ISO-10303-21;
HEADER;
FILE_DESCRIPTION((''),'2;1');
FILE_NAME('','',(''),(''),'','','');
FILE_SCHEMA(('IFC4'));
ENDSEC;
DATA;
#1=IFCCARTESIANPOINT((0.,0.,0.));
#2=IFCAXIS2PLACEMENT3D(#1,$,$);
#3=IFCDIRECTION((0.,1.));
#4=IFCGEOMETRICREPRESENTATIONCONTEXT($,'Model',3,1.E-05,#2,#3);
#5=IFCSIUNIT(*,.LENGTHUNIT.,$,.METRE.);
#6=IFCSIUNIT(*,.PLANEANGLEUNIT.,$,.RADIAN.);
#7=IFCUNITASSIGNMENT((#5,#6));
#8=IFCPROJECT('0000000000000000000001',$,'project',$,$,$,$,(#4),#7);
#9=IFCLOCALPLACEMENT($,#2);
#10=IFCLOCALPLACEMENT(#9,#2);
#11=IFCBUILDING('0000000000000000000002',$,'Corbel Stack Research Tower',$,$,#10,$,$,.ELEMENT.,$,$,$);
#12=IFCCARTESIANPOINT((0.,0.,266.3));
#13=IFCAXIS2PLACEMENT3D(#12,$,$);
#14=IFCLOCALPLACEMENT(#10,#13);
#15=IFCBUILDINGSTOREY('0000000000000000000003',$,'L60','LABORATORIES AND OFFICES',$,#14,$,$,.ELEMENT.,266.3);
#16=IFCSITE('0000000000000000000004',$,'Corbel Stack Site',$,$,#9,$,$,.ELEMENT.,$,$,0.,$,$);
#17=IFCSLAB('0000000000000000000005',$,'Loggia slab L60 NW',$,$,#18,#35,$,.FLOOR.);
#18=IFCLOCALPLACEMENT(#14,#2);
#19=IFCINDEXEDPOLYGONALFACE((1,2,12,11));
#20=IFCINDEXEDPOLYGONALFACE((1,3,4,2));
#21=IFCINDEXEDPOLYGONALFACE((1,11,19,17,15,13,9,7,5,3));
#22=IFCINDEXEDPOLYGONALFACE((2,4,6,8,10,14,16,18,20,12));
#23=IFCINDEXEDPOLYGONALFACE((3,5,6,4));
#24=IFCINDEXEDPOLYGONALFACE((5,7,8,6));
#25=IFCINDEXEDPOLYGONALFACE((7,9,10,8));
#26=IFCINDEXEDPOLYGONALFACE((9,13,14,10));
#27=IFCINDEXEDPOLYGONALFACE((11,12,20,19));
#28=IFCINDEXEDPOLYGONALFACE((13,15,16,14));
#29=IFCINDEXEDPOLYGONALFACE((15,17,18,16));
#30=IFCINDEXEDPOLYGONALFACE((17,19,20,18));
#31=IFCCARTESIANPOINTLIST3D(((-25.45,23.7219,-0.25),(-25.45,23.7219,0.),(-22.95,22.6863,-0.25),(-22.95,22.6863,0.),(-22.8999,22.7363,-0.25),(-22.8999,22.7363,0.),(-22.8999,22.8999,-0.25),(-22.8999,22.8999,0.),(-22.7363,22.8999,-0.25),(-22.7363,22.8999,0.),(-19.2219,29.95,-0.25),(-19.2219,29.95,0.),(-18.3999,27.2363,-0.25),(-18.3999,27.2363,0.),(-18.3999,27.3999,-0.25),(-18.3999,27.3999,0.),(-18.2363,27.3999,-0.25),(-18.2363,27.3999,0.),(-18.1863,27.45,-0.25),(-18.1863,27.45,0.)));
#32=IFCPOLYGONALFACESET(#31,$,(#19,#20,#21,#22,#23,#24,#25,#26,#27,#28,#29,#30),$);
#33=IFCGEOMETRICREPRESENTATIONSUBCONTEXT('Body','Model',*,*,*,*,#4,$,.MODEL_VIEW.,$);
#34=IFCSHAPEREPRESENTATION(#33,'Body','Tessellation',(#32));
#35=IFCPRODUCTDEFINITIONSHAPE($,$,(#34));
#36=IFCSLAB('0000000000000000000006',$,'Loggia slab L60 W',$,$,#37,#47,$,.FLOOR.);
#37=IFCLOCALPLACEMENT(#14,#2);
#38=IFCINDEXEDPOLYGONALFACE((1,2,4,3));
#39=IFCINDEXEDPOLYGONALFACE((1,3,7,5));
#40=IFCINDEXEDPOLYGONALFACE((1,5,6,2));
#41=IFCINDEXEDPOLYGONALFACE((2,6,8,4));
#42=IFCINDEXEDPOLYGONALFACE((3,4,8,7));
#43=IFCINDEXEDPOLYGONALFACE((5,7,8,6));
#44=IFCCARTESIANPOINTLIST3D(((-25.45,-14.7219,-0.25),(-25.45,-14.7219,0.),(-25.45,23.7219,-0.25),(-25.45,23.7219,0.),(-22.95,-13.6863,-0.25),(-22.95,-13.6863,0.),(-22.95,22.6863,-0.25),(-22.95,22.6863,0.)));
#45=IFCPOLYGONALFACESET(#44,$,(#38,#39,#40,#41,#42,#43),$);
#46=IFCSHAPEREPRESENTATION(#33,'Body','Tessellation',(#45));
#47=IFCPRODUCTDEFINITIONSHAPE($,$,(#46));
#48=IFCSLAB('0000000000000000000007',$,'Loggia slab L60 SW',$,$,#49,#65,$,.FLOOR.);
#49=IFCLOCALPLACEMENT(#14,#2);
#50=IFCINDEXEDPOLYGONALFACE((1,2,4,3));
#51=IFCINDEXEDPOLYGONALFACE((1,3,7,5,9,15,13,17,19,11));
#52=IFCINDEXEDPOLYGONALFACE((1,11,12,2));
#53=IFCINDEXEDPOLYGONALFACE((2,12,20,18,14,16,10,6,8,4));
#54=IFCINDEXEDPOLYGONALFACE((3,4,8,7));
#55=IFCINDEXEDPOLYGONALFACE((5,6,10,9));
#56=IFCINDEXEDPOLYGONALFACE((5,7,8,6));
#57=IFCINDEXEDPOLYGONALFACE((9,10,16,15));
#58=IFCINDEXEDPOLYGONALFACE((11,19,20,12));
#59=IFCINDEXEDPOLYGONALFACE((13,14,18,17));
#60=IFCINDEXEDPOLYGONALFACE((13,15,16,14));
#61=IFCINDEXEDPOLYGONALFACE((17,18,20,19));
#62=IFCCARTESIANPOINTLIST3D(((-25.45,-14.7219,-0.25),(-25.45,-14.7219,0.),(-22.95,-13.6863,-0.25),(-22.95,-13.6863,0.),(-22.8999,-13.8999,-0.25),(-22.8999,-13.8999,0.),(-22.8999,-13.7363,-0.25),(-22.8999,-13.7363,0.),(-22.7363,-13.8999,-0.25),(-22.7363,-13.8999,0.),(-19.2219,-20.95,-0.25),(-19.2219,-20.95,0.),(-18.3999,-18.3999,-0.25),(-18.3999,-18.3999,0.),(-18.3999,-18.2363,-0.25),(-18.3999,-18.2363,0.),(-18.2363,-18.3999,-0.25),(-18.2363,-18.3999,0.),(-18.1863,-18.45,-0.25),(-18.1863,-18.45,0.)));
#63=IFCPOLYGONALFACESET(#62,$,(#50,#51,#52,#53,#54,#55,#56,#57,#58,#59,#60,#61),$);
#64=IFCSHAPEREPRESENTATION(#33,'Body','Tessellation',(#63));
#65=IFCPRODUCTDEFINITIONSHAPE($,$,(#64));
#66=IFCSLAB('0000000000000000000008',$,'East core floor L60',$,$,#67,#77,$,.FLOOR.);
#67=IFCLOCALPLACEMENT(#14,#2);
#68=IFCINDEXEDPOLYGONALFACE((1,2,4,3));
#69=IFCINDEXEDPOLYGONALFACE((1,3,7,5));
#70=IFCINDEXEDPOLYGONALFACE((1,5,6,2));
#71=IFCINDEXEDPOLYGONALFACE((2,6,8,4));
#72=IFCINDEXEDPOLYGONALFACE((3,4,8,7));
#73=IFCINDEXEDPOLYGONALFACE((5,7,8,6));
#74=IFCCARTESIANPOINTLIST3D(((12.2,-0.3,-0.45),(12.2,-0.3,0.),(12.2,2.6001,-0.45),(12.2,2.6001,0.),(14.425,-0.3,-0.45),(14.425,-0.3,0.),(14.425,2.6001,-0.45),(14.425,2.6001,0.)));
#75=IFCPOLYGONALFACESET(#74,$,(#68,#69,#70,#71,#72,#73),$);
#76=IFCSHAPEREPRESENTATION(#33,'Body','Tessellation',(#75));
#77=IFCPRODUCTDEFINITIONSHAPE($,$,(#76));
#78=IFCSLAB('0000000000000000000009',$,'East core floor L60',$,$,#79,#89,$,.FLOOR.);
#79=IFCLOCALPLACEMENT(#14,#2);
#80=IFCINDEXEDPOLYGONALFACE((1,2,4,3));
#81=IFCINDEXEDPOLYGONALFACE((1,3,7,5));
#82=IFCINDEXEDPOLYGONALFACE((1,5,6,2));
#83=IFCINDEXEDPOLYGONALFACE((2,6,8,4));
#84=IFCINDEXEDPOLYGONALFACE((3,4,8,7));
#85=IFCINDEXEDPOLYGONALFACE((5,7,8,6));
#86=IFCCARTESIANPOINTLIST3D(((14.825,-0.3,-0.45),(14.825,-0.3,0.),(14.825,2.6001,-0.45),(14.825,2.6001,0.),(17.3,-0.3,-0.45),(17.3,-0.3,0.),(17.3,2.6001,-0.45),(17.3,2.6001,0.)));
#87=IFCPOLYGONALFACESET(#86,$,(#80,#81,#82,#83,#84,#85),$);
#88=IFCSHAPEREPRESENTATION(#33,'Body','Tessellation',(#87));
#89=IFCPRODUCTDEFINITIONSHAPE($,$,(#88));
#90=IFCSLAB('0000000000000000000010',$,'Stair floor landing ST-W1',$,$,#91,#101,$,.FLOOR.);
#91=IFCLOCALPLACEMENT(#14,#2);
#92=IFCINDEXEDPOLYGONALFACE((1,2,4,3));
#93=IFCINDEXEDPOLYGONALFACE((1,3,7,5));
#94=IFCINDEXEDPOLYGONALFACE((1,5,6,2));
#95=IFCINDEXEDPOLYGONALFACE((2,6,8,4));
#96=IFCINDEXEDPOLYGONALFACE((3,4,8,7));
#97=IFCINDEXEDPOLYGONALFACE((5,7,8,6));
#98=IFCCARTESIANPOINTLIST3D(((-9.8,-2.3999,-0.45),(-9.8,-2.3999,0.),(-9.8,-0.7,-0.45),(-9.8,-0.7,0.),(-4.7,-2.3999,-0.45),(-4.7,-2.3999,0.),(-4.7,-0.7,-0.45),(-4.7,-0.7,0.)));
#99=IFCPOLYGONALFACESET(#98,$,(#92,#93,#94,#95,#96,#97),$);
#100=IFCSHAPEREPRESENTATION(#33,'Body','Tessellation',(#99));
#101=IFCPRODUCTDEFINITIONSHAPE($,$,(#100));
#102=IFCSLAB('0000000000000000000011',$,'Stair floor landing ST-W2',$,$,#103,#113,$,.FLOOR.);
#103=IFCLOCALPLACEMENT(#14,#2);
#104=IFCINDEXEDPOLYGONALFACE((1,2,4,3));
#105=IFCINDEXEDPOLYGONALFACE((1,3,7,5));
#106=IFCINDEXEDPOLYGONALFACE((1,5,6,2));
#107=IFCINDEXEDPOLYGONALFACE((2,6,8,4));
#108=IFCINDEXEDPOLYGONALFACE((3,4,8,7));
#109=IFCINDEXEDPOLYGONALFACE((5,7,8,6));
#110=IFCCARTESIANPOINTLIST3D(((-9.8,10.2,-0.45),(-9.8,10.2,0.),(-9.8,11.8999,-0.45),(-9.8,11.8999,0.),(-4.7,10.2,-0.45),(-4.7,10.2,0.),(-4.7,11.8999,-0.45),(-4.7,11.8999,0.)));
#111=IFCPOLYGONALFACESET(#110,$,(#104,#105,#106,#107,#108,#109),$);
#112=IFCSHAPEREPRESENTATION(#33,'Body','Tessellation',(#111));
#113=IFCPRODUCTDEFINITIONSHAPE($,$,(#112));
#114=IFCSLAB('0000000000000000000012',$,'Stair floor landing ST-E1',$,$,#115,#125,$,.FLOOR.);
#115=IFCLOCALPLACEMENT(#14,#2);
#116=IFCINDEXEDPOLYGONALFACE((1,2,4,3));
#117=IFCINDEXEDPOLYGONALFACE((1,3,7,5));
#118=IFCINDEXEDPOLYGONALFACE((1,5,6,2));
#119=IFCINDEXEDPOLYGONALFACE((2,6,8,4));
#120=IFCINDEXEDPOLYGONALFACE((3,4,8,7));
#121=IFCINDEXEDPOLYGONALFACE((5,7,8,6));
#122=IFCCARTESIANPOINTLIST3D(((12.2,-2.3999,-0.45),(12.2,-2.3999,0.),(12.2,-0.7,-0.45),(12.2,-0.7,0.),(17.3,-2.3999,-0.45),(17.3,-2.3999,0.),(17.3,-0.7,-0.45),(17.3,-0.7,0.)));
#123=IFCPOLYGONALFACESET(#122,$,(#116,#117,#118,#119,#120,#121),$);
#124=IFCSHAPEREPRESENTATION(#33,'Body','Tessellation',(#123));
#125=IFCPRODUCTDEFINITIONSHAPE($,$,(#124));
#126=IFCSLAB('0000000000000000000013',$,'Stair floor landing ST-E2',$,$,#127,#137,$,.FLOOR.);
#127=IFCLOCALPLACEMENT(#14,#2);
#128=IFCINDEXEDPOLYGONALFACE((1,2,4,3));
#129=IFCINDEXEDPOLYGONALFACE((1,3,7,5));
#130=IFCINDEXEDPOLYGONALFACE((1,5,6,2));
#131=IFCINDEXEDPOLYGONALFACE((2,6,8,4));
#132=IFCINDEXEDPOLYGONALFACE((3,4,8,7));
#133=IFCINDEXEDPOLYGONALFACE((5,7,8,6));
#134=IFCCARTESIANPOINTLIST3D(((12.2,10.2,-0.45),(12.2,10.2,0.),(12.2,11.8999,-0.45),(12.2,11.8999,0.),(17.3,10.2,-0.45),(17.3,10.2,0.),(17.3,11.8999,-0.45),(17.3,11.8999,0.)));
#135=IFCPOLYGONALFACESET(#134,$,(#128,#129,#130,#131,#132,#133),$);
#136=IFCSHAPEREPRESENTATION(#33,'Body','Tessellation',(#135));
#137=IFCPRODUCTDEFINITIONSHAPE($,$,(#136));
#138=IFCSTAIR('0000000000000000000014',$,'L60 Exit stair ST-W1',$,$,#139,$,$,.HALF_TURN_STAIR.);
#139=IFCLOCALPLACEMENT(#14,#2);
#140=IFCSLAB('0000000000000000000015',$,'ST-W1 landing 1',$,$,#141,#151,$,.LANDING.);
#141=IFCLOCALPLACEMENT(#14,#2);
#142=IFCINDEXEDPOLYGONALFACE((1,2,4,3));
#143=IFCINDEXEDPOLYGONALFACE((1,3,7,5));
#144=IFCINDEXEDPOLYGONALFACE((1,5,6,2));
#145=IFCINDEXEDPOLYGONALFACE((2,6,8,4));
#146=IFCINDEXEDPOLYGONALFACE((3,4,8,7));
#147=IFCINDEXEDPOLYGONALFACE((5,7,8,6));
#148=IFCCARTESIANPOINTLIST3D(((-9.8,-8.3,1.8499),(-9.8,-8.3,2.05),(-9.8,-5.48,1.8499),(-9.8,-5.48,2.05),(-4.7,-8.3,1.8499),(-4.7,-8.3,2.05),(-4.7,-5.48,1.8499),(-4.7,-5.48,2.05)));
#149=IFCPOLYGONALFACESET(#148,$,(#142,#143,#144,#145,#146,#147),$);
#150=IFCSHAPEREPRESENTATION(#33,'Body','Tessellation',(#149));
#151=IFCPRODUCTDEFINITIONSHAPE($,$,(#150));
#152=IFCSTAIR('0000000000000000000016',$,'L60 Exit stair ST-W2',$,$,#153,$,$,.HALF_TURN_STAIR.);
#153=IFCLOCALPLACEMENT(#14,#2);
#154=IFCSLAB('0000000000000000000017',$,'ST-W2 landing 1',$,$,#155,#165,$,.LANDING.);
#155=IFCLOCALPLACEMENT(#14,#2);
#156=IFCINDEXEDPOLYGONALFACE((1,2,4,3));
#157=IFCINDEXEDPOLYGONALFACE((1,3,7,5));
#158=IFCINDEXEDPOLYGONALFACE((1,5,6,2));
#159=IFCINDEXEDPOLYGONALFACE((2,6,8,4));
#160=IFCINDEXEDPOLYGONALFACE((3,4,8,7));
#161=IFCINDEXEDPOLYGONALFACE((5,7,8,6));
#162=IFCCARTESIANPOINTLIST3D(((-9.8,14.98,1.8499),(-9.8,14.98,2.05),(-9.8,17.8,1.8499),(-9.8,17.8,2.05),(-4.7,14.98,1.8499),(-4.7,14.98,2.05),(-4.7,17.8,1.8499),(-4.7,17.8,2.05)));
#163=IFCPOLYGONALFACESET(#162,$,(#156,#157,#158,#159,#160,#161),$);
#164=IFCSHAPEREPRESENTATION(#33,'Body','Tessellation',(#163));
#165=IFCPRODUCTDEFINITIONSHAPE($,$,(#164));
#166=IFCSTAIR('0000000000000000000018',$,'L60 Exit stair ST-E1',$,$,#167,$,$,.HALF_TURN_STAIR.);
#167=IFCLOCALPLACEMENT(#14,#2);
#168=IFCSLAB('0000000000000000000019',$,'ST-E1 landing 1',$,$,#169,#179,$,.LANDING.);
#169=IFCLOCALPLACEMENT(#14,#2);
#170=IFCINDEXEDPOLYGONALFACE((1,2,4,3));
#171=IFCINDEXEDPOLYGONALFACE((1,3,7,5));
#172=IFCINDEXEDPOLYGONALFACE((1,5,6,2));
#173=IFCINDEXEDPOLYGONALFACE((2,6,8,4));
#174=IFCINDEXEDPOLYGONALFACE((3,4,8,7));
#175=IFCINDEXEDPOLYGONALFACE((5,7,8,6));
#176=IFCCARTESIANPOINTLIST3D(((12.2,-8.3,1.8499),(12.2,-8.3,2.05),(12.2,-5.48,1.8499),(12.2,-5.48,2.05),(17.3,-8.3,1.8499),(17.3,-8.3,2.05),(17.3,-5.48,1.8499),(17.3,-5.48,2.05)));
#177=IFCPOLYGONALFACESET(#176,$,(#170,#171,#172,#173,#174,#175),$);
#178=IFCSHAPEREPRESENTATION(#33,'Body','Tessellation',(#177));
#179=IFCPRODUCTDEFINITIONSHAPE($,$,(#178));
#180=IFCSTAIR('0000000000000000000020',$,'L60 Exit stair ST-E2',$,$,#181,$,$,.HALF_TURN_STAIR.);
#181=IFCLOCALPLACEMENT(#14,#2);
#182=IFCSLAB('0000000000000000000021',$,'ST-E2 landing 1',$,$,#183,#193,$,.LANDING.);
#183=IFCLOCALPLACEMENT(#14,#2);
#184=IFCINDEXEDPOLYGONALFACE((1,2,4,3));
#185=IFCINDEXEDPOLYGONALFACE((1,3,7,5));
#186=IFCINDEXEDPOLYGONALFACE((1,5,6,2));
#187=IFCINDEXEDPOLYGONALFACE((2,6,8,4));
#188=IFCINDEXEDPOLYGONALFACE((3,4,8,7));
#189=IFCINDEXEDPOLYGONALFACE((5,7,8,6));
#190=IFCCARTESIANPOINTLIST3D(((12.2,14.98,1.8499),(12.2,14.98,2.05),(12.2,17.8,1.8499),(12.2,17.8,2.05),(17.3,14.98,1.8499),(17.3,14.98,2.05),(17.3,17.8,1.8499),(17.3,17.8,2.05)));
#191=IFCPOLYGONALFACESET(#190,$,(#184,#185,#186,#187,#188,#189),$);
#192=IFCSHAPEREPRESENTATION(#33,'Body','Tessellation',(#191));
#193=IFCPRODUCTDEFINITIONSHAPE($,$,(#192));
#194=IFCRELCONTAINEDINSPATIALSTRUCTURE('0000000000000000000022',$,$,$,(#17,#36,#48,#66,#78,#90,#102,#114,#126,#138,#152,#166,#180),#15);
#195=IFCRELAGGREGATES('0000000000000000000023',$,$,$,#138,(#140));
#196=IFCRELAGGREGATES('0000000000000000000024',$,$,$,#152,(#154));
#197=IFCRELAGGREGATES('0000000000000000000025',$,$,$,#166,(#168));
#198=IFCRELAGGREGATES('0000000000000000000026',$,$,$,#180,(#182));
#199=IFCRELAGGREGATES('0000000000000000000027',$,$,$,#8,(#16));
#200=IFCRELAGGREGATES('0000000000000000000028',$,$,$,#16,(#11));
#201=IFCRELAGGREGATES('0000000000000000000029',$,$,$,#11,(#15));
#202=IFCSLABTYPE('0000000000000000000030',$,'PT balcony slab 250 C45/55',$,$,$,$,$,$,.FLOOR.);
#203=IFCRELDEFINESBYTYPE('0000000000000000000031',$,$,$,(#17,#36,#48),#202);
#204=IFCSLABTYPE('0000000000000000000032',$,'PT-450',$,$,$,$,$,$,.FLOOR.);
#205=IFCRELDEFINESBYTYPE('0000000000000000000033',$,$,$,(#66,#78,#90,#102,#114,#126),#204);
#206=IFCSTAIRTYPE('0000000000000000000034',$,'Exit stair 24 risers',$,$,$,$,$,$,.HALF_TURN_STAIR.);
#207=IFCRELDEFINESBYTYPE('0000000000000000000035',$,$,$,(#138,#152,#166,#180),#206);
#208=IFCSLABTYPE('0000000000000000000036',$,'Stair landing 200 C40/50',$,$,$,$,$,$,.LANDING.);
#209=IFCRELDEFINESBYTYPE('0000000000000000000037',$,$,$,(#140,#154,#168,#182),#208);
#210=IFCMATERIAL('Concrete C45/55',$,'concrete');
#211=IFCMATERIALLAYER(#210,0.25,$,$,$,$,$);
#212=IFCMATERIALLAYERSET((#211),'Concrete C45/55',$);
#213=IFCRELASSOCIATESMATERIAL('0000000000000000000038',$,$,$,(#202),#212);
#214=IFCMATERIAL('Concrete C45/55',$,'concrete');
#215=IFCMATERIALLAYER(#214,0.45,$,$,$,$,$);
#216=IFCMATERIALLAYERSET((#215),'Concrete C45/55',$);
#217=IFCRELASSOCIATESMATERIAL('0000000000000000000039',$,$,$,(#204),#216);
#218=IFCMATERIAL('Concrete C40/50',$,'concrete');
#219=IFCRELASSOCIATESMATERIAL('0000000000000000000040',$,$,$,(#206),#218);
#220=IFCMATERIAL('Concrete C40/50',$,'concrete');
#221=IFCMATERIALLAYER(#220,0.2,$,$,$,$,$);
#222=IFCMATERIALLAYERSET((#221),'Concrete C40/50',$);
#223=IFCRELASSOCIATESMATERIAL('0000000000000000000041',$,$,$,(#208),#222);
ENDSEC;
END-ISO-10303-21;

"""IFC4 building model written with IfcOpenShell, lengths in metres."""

from ifc_helpers import new_model, si_unit, direction, frame, origin, place, context, subcontext, project, spatial, polyline, outline, extrude, material, layer, layer_set, type_object, element, aggregate, save


model = new_model("IFC4")

# Units and contexts
model_context = context("Model", 3, precision=1e-05, world=origin(), true_north=direction((0.0, 1.0)))
body_context = subcontext(model_context, "Body", "Model", "MODEL_VIEW")
ifc_project = project(units=[si_unit("LENGTHUNIT", "METRE"), si_unit("PLANEANGLEUNIT", "RADIAN")], contexts=[model_context])

# Site, building, storey
site_placement = place(None, origin())
site = spatial("IfcSite", under=ifc_project, at=site_placement, Name="Corbel Stack Site", CompositionType="ELEMENT", RefElevation=0.0)
building_placement = place(site_placement, origin())
building = spatial("IfcBuilding", under=site, at=building_placement, Name="Corbel Stack Research Tower", CompositionType="ELEMENT")
storey_placement = place(building_placement, frame((0.0, 0.0, 266.3)))
storey = spatial("IfcBuildingStorey", under=building, at=storey_placement, Name="L60", Description="LABORATORIES AND OFFICES", CompositionType="ELEMENT", Elevation=266.3)

# Slabs
ifc_material_1 = material(Name="Concrete C45/55", Category="concrete")
ifc_layer_1 = layer(ifc_material_1, 0.25)
ifc_layer_set_1 = layer_set([ifc_layer_1], Name="Concrete C45/55")
slab_type_1 = type_object("IfcSlabType", Name="PT balcony slab 250 C45/55", PredefinedType="FLOOR", material=ifc_layer_set_1)
slab_1_placement = place(storey_placement, frame((0.0, 0.0, -0.25)))
element("IfcSlab", 1, at=slab_1_placement, inside=storey, type_object=slab_type_1, Name="Loggia slab L60 NW", PredefinedType="FLOOR", context=body_context, shape_type="SweptSolid", body=[
    extrude(outline(polyline([(-22.95, 22.6863), (-22.8999, 22.7363), (-22.8999, 22.8999), (-22.7363, 22.8999), (-18.3999, 27.2363), (-18.3999, 27.3999), (-18.2363, 27.3999), (-18.1863, 27.45), (-19.2219, 29.95), (-25.45, 23.7219), (-22.95, 22.6863)])), origin(), (0.0, 0.0, 1.0), 0.25),
])
slab_2_placement = place(storey_placement, frame((0.0, 0.0, -0.25)))
element("IfcSlab", 2, at=slab_2_placement, inside=storey, type_object=slab_type_1, Name="Loggia slab L60 W", PredefinedType="FLOOR", context=body_context, shape_type="SweptSolid", body=[
    extrude(outline(polyline([(-22.95, -13.6863), (-22.95, 22.6863), (-25.45, 23.7219), (-25.45, -14.7219), (-22.95, -13.6863)])), origin(), (0.0, 0.0, 1.0), 0.25),
])
slab_3_placement = place(storey_placement, frame((0.0, 0.0, -0.25)))
element("IfcSlab", 3, at=slab_3_placement, inside=storey, type_object=slab_type_1, Name="Loggia slab L60 SW", PredefinedType="FLOOR", context=body_context, shape_type="SweptSolid", body=[
    extrude(outline(polyline([(-18.1863, -18.45), (-18.2363, -18.3999), (-18.3999, -18.3999), (-18.3999, -18.2363), (-22.7363, -13.8999), (-22.8999, -13.8999), (-22.8999, -13.7363), (-22.95, -13.6863), (-25.45, -14.7219), (-19.2219, -20.95), (-18.1863, -18.45)])), origin(), (0.0, 0.0, 1.0), 0.25),
])
ifc_material_2 = material(Name="Concrete C45/55", Category="concrete")
ifc_layer_2 = layer(ifc_material_2, 0.45)
ifc_layer_set_2 = layer_set([ifc_layer_2], Name="Concrete C45/55")
slab_type_2 = type_object("IfcSlabType", Name="PT-450", PredefinedType="FLOOR", material=ifc_layer_set_2)
slab_4_placement = place(storey_placement, frame((0.0, 0.0, -0.45)))
element("IfcSlab", 4, at=slab_4_placement, inside=storey, type_object=slab_type_2, Name="East core floor L60", PredefinedType="FLOOR", context=body_context, shape_type="SweptSolid", body=[
    extrude(outline(polyline([(12.2, 2.6001), (12.2, -0.3), (14.425, -0.3), (14.425, 2.6001), (12.2, 2.6001)])), origin(), (0.0, 0.0, 1.0), 0.45),
])
slab_5_placement = place(storey_placement, frame((0.0, 0.0, -0.45)))
element("IfcSlab", 5, at=slab_5_placement, inside=storey, type_object=slab_type_2, Name="East core floor L60", PredefinedType="FLOOR", context=body_context, shape_type="SweptSolid", body=[
    extrude(outline(polyline([(14.825, 2.6001), (14.825, -0.3), (17.3, -0.3), (17.3, 2.6001), (14.825, 2.6001)])), origin(), (0.0, 0.0, 1.0), 0.45),
])
slab_6_placement = place(storey_placement, frame((0.0, 0.0, -0.45)))
element("IfcSlab", 6, at=slab_6_placement, inside=storey, type_object=slab_type_2, Name="Stair floor landing ST-W1", PredefinedType="FLOOR", context=body_context, shape_type="SweptSolid", body=[
    extrude(outline(polyline([(-9.8, -2.3999), (-4.7, -2.3999), (-4.7, -0.7), (-9.8, -0.7), (-9.8, -2.3999)])), origin(), (0.0, 0.0, 1.0), 0.45),
])
slab_7_placement = place(storey_placement, frame((0.0, 0.0, -0.45)))
element("IfcSlab", 7, at=slab_7_placement, inside=storey, type_object=slab_type_2, Name="Stair floor landing ST-W2", PredefinedType="FLOOR", context=body_context, shape_type="SweptSolid", body=[
    extrude(outline(polyline([(-9.8, 10.2), (-4.7, 10.2), (-4.7, 11.8999), (-9.8, 11.8999), (-9.8, 10.2)])), origin(), (0.0, 0.0, 1.0), 0.45),
])
slab_8_placement = place(storey_placement, frame((0.0, 0.0, -0.45)))
element("IfcSlab", 8, at=slab_8_placement, inside=storey, type_object=slab_type_2, Name="Stair floor landing ST-E1", PredefinedType="FLOOR", context=body_context, shape_type="SweptSolid", body=[
    extrude(outline(polyline([(12.2, -2.3999), (17.3, -2.3999), (17.3, -0.7), (12.2, -0.7), (12.2, -2.3999)])), origin(), (0.0, 0.0, 1.0), 0.45),
])
slab_9_placement = place(storey_placement, frame((0.0, 0.0, -0.45)))
element("IfcSlab", 9, at=slab_9_placement, inside=storey, type_object=slab_type_2, Name="Stair floor landing ST-E2", PredefinedType="FLOOR", context=body_context, shape_type="SweptSolid", body=[
    extrude(outline(polyline([(12.2, 10.2), (17.3, 10.2), (17.3, 11.8999), (12.2, 11.8999), (12.2, 10.2)])), origin(), (0.0, 0.0, 1.0), 0.45),
])

# Stairs, slabs
ifc_material_3 = material(Name="Concrete C40/50", Category="concrete")
stair_type = type_object("IfcStairType", Name="Exit stair 24 risers", PredefinedType="HALF_TURN_STAIR", material=ifc_material_3)
stair_1_placement = place(storey_placement, origin())
stair_1 = element("IfcStair", 10, at=stair_1_placement, inside=storey, type_object=stair_type, Name="L60 Exit stair ST-W1", PredefinedType="HALF_TURN_STAIR")
ifc_material_4 = material(Name="Concrete C40/50", Category="concrete")
ifc_layer_3 = layer(ifc_material_4, 0.2)
ifc_layer_set_3 = layer_set([ifc_layer_3], Name="Concrete C40/50")
slab_type_3 = type_object("IfcSlabType", Name="Stair landing 200 C40/50", PredefinedType="LANDING", material=ifc_layer_set_3)
slab_10_placement = place(storey_placement, frame((0.0, 0.0, 1.8499)))
slab_10 = element("IfcSlab", 11, at=slab_10_placement, type_object=slab_type_3, Name="ST-W1 landing 1", PredefinedType="LANDING", context=body_context, shape_type="SweptSolid", body=[
    extrude(outline(polyline([(-9.8, -8.3), (-9.8, -5.48), (-4.7, -5.48), (-4.7, -8.3), (-9.8, -8.3)])), origin(), (0.0, 0.0, 1.0), 0.2002),
])
aggregate(stair_1, [slab_10])
stair_2_placement = place(storey_placement, origin())
stair_2 = element("IfcStair", 12, at=stair_2_placement, inside=storey, type_object=stair_type, Name="L60 Exit stair ST-W2", PredefinedType="HALF_TURN_STAIR")
slab_11_placement = place(storey_placement, frame((0.0, 0.0, 1.8499)))
slab_11 = element("IfcSlab", 13, at=slab_11_placement, type_object=slab_type_3, Name="ST-W2 landing 1", PredefinedType="LANDING", context=body_context, shape_type="SweptSolid", body=[
    extrude(outline(polyline([(-9.8, 14.98), (-9.8, 17.8), (-4.7, 17.8), (-4.7, 14.98), (-9.8, 14.98)])), origin(), (0.0, 0.0, 1.0), 0.2002),
])
aggregate(stair_2, [slab_11])
stair_3_placement = place(storey_placement, origin())
stair_3 = element("IfcStair", 14, at=stair_3_placement, inside=storey, type_object=stair_type, Name="L60 Exit stair ST-E1", PredefinedType="HALF_TURN_STAIR")
slab_12_placement = place(storey_placement, frame((0.0, 0.0, 1.8499)))
slab_12 = element("IfcSlab", 15, at=slab_12_placement, type_object=slab_type_3, Name="ST-E1 landing 1", PredefinedType="LANDING", context=body_context, shape_type="SweptSolid", body=[
    extrude(outline(polyline([(12.2, -8.3), (12.2, -5.48), (17.3, -5.48), (17.3, -8.3), (12.2, -8.3)])), origin(), (0.0, 0.0, 1.0), 0.2002),
])
aggregate(stair_3, [slab_12])
stair_4_placement = place(storey_placement, origin())
stair_4 = element("IfcStair", 16, at=stair_4_placement, inside=storey, type_object=stair_type, Name="L60 Exit stair ST-E2", PredefinedType="HALF_TURN_STAIR")
slab_13_placement = place(storey_placement, frame((0.0, 0.0, 1.8499)))
slab_13 = element("IfcSlab", 17, at=slab_13_placement, type_object=slab_type_3, Name="ST-E2 landing 1", PredefinedType="LANDING", context=body_context, shape_type="SweptSolid", body=[
    extrude(outline(polyline([(12.2, 14.98), (12.2, 17.8), (17.3, 17.8), (17.3, 14.98), (12.2, 14.98)])), origin(), (0.0, 0.0, 1.0), 0.2002),
])
aggregate(stair_4, [slab_13])

save(model, "model.ifc")
